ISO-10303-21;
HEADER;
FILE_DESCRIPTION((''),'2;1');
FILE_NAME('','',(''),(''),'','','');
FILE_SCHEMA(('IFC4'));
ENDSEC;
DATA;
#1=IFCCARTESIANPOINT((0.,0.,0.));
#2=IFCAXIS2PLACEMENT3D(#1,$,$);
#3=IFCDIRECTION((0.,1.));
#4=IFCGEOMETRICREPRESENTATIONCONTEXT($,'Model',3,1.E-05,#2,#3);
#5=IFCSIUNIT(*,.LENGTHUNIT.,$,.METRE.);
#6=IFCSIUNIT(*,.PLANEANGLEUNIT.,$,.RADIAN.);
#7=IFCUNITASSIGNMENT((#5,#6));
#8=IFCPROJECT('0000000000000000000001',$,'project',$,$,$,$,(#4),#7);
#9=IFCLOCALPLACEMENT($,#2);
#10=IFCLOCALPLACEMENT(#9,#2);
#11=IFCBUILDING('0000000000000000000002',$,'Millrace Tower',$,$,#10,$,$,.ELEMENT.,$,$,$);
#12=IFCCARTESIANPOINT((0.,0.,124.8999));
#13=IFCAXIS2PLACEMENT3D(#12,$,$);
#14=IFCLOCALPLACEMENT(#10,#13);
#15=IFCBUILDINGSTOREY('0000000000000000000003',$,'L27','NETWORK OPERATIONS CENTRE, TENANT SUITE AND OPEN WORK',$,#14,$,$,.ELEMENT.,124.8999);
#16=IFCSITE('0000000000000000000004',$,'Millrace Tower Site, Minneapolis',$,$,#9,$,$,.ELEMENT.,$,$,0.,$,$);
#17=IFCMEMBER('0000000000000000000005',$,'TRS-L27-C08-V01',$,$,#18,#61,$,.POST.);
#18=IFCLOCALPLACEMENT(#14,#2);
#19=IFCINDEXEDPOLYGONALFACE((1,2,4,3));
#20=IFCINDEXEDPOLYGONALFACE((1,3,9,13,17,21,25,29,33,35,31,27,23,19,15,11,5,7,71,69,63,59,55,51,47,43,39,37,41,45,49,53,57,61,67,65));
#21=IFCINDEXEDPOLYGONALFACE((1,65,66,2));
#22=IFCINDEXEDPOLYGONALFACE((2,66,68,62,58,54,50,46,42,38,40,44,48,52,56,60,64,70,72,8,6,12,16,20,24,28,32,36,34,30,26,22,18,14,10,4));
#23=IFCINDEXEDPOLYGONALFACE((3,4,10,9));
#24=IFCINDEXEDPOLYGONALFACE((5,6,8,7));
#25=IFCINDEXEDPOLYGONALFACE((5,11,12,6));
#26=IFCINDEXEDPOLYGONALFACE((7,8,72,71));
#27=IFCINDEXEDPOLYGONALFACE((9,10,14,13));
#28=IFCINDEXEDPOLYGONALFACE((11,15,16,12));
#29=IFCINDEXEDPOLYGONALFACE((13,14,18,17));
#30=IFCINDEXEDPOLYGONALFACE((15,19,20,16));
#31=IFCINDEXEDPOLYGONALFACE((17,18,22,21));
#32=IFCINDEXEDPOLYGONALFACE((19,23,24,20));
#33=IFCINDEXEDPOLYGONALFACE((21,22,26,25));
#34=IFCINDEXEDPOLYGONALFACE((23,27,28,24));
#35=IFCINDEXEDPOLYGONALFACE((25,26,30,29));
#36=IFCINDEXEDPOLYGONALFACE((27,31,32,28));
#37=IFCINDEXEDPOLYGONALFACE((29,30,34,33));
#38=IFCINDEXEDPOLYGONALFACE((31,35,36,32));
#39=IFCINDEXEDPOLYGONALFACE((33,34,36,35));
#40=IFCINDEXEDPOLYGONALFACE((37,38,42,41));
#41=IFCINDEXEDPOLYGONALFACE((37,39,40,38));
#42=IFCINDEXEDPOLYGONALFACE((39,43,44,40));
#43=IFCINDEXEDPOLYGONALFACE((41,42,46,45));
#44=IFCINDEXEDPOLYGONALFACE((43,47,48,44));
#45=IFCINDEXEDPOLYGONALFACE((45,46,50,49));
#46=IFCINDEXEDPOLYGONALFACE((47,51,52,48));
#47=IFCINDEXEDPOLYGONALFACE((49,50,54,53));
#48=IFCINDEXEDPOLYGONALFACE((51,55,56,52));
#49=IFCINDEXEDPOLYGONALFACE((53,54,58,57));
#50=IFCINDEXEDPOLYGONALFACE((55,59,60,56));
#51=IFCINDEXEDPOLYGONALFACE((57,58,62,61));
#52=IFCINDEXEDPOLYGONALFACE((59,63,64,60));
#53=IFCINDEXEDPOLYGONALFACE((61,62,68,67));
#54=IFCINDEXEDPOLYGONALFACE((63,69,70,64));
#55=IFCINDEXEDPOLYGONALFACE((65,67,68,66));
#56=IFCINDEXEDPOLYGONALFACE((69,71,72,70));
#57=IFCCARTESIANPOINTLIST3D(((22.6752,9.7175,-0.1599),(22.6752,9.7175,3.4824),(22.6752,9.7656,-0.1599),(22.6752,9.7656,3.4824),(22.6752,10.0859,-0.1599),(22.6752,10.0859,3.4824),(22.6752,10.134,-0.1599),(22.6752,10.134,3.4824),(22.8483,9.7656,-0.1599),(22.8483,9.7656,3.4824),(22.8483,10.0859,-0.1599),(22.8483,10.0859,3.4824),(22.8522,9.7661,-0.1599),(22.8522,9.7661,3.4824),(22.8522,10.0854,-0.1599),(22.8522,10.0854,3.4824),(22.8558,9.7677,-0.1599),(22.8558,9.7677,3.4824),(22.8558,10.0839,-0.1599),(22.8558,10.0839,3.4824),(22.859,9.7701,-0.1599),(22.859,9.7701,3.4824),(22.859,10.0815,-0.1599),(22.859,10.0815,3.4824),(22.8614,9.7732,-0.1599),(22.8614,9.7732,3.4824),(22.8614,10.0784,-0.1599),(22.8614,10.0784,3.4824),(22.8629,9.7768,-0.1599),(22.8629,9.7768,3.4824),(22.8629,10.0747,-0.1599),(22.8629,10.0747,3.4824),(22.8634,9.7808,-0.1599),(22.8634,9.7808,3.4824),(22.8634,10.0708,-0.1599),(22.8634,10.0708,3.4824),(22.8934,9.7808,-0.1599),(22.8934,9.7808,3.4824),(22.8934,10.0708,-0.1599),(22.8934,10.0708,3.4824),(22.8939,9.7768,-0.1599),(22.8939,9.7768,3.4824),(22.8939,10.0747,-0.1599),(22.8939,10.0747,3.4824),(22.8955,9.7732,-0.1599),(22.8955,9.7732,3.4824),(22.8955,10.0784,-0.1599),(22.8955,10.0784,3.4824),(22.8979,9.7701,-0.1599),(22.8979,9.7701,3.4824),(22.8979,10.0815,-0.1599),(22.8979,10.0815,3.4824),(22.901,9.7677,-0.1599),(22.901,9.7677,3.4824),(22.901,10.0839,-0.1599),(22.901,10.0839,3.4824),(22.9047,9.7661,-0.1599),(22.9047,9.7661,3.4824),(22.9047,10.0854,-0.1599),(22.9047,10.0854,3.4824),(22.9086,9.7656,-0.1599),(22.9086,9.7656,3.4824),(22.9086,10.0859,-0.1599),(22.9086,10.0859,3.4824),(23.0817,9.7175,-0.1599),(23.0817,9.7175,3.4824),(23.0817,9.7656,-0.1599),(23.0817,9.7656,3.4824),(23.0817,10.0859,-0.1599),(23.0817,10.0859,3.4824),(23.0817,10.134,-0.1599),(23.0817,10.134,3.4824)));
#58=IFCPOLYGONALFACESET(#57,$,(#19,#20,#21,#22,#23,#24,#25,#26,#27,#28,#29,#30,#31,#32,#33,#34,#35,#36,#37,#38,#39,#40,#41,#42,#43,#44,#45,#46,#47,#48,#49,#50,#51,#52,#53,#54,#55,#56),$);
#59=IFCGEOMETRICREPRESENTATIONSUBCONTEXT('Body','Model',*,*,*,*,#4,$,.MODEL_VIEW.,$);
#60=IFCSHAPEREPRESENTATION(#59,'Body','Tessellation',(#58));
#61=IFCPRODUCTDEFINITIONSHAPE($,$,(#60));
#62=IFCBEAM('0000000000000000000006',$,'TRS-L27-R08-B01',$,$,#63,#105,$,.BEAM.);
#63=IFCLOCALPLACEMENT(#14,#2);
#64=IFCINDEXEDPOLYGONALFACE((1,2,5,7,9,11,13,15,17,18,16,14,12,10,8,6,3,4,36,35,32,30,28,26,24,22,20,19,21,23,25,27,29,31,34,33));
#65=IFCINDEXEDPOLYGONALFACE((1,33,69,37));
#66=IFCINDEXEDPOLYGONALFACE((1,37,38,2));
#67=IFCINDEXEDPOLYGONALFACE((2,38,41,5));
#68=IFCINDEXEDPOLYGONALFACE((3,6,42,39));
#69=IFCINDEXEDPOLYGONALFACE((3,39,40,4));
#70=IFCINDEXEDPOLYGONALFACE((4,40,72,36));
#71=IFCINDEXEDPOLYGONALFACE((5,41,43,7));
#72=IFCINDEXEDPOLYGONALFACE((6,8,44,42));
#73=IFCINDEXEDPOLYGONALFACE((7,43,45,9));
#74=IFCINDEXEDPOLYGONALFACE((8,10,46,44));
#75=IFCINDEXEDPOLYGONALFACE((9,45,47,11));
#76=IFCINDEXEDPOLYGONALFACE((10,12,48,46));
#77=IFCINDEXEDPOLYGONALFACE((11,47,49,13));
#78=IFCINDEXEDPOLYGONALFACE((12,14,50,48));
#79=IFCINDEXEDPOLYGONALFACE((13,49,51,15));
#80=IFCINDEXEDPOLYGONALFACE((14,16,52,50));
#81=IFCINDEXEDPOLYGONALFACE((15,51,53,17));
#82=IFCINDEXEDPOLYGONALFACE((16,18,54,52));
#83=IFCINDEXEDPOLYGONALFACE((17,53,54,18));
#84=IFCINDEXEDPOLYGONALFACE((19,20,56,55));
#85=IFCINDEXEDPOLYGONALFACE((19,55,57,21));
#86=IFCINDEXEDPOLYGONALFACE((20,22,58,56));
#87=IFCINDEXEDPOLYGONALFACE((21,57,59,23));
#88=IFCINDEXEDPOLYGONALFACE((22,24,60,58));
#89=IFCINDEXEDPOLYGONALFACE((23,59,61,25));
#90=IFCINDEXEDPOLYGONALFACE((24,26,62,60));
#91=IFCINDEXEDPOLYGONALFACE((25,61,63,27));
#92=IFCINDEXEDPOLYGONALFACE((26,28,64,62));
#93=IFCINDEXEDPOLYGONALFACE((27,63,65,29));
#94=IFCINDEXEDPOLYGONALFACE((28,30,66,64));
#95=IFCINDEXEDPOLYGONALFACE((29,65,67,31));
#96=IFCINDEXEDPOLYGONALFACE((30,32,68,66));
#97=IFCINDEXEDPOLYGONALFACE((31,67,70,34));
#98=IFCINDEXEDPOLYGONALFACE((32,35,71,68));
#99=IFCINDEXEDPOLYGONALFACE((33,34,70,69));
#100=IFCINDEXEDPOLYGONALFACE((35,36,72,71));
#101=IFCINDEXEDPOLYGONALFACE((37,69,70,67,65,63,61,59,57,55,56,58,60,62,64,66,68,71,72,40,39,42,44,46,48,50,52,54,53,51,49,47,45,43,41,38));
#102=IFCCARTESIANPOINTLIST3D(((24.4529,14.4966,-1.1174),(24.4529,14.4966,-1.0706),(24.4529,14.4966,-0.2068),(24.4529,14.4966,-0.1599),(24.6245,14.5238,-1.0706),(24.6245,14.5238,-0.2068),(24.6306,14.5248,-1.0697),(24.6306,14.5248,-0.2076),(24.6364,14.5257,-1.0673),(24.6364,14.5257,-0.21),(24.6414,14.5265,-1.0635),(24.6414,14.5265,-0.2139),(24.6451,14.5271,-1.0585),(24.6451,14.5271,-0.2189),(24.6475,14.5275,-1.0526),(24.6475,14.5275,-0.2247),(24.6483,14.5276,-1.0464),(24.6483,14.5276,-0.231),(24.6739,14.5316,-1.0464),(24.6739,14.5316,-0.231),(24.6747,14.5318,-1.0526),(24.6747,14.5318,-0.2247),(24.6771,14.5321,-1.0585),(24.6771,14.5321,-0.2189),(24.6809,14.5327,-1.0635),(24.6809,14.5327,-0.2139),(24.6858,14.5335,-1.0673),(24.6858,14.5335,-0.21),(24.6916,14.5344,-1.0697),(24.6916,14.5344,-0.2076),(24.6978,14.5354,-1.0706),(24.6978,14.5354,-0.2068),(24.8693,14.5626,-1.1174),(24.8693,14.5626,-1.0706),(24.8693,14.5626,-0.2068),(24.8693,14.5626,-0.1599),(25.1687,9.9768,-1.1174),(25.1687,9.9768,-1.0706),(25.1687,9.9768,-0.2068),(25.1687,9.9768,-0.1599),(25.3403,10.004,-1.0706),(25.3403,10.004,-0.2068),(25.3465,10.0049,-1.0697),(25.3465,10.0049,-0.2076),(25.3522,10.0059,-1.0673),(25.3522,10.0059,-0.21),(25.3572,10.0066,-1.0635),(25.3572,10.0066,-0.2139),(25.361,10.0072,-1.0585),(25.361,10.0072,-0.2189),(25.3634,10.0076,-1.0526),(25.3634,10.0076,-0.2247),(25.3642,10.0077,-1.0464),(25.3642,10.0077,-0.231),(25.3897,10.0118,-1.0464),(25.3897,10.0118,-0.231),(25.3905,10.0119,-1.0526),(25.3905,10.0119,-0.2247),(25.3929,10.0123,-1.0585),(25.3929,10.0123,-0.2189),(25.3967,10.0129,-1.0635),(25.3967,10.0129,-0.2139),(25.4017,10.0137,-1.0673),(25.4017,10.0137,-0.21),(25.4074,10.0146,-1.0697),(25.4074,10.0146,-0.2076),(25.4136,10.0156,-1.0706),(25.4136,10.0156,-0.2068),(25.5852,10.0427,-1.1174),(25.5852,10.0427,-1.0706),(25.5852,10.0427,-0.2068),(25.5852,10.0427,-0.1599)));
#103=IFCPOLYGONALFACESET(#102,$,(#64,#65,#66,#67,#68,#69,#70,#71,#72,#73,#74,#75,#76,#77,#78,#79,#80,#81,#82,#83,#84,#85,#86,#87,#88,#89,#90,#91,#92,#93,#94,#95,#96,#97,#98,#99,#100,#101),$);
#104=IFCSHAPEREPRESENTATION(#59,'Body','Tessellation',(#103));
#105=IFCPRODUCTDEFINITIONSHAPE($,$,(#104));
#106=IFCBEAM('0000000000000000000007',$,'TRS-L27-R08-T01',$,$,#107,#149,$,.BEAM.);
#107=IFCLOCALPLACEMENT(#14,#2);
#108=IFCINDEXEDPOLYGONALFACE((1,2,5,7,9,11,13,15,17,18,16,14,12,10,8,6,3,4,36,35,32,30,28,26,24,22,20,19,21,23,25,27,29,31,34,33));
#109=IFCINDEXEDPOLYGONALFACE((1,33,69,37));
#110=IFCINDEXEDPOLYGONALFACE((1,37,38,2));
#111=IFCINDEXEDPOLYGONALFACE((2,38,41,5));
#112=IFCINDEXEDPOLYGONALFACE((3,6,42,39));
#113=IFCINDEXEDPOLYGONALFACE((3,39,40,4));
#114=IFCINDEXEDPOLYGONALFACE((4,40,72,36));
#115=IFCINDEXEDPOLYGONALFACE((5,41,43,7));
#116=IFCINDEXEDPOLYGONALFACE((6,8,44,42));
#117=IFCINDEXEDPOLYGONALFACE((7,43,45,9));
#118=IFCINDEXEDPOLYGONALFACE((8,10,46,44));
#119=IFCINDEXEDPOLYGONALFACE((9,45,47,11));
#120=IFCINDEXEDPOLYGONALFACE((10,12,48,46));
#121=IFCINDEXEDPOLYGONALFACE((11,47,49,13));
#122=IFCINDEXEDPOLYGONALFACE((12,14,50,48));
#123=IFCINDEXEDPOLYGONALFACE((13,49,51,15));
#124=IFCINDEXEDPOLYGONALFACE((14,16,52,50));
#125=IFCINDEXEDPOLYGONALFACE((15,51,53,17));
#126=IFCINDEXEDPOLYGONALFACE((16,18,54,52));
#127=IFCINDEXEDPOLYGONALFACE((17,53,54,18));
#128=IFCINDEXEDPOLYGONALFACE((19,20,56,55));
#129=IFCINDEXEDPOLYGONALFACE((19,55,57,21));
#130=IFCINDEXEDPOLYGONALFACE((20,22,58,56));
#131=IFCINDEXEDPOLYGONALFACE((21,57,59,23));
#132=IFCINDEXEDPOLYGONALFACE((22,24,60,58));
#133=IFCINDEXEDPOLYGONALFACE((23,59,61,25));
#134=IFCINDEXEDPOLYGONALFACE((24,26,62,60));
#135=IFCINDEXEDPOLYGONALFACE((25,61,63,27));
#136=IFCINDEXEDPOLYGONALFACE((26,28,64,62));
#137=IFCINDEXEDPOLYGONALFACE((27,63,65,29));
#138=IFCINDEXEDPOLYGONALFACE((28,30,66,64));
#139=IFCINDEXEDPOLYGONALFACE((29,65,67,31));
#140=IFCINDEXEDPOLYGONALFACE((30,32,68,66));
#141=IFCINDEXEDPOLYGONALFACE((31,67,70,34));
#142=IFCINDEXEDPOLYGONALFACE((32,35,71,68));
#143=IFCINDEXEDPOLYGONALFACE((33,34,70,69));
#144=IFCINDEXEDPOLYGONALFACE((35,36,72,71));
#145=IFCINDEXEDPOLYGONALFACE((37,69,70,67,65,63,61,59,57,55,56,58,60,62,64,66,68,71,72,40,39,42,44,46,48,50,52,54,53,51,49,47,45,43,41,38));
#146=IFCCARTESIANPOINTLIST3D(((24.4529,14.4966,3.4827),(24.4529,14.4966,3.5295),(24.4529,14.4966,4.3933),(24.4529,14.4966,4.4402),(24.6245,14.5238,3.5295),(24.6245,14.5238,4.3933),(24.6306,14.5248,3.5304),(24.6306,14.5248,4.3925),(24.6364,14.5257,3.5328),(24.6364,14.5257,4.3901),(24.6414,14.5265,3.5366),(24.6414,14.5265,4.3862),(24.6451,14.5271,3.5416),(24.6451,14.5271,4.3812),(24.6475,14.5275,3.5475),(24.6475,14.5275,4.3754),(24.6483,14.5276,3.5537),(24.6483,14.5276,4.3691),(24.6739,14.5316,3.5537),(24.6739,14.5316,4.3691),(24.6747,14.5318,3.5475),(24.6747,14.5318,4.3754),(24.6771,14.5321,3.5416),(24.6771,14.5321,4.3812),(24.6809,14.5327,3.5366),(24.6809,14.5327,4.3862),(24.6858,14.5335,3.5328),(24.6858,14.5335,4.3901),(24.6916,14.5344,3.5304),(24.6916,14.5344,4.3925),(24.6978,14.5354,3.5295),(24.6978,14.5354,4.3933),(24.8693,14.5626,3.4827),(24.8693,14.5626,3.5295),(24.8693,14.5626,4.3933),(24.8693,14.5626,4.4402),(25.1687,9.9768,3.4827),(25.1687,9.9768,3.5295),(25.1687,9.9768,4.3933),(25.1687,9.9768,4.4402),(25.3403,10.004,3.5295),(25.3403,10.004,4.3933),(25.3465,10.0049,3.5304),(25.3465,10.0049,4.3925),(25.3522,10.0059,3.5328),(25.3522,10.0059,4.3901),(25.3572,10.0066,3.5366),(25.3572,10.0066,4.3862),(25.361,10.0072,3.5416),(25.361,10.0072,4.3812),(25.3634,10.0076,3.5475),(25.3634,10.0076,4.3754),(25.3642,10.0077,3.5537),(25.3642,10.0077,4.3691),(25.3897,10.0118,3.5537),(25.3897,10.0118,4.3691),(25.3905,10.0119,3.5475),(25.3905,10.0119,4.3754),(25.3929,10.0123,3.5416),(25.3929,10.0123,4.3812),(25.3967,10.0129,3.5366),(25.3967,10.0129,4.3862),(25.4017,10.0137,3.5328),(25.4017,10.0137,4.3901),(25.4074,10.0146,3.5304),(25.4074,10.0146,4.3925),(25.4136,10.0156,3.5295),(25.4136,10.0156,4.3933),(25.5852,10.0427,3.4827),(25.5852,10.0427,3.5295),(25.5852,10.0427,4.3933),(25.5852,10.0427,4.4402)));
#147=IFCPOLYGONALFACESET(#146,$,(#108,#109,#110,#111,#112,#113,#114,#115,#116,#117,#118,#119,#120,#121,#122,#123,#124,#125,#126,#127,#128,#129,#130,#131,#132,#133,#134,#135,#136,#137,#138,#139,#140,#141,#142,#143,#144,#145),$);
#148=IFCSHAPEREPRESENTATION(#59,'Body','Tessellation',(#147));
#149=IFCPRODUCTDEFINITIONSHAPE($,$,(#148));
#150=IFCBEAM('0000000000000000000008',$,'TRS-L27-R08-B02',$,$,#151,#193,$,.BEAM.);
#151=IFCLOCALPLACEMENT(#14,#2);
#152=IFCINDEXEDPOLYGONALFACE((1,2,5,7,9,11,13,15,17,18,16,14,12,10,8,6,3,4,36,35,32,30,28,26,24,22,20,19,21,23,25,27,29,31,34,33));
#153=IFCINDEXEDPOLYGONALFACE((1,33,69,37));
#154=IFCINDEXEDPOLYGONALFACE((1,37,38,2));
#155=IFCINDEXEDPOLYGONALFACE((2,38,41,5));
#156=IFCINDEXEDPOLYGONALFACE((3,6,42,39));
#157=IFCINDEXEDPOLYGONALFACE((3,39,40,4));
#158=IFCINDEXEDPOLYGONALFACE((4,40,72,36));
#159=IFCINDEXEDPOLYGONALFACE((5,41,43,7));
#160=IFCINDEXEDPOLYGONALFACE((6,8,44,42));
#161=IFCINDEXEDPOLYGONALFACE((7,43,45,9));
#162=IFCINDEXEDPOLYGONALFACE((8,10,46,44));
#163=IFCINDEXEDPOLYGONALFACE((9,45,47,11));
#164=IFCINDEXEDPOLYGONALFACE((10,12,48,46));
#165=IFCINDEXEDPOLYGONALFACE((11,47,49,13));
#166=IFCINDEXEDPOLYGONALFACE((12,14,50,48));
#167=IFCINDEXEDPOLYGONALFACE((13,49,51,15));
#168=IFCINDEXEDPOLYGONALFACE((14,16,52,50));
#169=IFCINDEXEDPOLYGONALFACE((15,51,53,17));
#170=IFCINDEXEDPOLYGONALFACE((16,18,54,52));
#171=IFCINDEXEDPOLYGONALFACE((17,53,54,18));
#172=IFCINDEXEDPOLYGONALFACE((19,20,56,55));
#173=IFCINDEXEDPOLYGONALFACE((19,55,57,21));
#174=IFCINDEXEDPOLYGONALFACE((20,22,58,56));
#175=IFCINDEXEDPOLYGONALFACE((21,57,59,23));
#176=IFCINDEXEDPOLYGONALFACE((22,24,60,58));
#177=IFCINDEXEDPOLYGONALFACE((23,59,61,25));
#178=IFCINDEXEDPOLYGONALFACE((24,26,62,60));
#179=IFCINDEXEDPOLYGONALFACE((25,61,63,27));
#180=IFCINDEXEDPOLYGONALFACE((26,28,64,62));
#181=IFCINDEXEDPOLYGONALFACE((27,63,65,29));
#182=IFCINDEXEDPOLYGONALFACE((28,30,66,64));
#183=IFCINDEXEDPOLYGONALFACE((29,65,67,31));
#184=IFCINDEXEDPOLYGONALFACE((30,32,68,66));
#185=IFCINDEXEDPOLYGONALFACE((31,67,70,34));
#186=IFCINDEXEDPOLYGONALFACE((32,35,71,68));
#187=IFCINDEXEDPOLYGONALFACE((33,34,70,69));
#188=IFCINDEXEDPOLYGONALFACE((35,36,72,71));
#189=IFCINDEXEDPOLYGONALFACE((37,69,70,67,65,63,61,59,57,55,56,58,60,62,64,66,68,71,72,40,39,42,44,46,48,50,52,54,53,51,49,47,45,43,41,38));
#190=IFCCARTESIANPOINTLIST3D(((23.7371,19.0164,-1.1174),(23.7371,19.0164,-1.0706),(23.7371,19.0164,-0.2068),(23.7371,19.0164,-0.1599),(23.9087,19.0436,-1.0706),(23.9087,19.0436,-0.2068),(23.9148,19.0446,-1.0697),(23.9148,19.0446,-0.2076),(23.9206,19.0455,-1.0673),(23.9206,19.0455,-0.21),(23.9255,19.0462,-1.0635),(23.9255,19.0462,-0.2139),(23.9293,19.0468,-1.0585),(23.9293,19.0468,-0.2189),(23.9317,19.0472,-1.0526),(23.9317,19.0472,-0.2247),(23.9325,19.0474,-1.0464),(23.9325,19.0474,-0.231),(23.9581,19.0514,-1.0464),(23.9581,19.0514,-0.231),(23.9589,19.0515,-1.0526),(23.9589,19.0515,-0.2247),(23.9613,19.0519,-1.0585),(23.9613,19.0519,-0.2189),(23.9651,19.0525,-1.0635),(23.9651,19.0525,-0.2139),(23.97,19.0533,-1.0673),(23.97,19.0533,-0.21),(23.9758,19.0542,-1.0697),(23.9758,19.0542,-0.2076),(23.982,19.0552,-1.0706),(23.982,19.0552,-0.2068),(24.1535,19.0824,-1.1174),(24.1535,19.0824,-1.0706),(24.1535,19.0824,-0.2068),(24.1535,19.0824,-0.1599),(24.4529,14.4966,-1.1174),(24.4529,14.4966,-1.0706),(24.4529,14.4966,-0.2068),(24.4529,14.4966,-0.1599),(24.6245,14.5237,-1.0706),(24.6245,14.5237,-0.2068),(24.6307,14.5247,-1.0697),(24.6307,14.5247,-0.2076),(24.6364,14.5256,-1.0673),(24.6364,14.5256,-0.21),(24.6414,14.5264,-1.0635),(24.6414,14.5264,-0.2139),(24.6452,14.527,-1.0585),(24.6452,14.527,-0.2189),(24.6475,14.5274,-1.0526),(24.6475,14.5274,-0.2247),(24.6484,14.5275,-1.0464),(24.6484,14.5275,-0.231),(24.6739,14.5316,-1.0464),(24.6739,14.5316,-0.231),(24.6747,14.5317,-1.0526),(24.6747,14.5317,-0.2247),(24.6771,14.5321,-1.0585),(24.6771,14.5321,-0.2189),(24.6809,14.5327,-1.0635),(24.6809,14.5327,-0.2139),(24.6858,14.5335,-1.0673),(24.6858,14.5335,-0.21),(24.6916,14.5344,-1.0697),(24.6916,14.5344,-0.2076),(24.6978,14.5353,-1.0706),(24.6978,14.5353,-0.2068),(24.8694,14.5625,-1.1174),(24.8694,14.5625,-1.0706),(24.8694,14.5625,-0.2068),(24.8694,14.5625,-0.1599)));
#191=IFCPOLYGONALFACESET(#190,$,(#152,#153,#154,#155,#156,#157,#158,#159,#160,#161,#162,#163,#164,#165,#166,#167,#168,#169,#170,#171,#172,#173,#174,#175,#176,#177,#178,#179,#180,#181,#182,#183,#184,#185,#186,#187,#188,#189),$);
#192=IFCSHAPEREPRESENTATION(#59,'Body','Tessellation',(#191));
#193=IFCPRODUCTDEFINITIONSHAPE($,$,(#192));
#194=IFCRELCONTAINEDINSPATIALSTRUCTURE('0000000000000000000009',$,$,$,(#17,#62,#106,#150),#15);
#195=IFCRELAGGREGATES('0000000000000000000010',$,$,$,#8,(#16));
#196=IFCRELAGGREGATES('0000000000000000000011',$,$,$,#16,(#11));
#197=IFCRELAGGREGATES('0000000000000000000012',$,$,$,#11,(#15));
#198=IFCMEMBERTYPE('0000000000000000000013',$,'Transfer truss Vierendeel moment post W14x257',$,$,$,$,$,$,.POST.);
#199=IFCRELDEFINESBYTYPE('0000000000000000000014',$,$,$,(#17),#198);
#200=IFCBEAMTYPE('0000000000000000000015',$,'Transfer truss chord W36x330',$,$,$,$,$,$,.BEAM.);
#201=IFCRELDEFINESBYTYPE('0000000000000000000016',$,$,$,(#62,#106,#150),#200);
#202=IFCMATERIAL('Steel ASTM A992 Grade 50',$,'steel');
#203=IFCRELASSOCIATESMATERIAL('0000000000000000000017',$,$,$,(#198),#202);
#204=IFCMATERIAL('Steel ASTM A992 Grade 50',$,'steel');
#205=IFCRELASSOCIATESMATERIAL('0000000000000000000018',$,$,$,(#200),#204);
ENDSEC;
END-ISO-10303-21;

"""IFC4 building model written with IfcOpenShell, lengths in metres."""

from ifc_helpers import new_model, si_unit, direction, frame, origin, origin_2d, place, context, subcontext, project, spatial, i_section, extrude, material, material_profile, profile_set, type_object, element, save


model = new_model("IFC4")

# Units and contexts
model_context = context("Model", 3, precision=1e-05, world=origin(), true_north=direction((0.0, 1.0)))
body_context = subcontext(model_context, "Body", "Model", "MODEL_VIEW")
ifc_project = project(units=[si_unit("LENGTHUNIT", "METRE"), si_unit("PLANEANGLEUNIT", "RADIAN")], contexts=[model_context])

# Site, building, storey
site_placement = place(None, origin())
site = spatial("IfcSite", under=ifc_project, at=site_placement, Name="Millrace Tower Site, Minneapolis", CompositionType="ELEMENT", RefElevation=0.0)
building_placement = place(site_placement, origin())
building = spatial("IfcBuilding", under=site, at=building_placement, Name="Millrace Tower", CompositionType="ELEMENT")
storey_placement = place(building_placement, frame((0.0, 0.0, 124.8999)))
storey = spatial("IfcBuildingStorey", under=building, at=storey_placement, Name="L27", Description="NETWORK OPERATIONS CENTRE, TENANT SUITE AND OPEN WORK", CompositionType="ELEMENT", Elevation=124.8999)

# Member
ifc_material_1 = material(Name="Steel ASTM A992 Grade 50", Category="steel")
ifc_material_profile_1 = material_profile(ifc_material_1, i_section(OverallWidth=0.4065, OverallDepth=0.4165, WebThickness=0.03, FlangeThickness=0.0481, FilletRadius=0.0151, at=origin_2d()))
ifc_profile_set_1 = profile_set([ifc_material_profile_1], Name="Steel ASTM A992 Grade 50")
member_type_1 = type_object("IfcMemberType", Name="Transfer truss Vierendeel moment post W14x257", PredefinedType="POST", material=ifc_profile_set_1)
for number, where, z_axis, x_axis, name in (
    (1, (22.8784, 9.9258, -0.1599), (0.0, 0.0, 1.0), (1.0, 0.0, 0.0), "TRS-L27-C08-V01"),
):
    element("IfcMember", number, at=place(storey_placement, frame(where, z_axis=z_axis, x_axis=x_axis)), inside=storey, type_object=member_type_1, Name=name, PredefinedType="POST", context=body_context, shape_type="SweptSolid", body=[
        extrude(i_section(OverallWidth=0.4065, OverallDepth=0.4165, WebThickness=0.03, FlangeThickness=0.0481, FilletRadius=0.0151, at=origin_2d()), origin(), (0.0, 0.0, 1.0), 3.6423),
    ])

# Beams
ifc_material_2 = material(Name="Steel ASTM A992 Grade 50", Category="steel")
ifc_material_profile_2 = material_profile(ifc_material_2, i_section(OverallWidth=0.4216, OverallDepth=0.9575, WebThickness=0.0259, FlangeThickness=0.0469, FilletRadius=0.0242, at=origin_2d()))
ifc_profile_set_2 = profile_set([ifc_material_profile_2], Name="Steel ASTM A992 Grade 50")
beam_type_1 = type_object("IfcBeamType", Name="Transfer truss chord W36x330", PredefinedType="BEAM", material=ifc_profile_set_2)
for number, where, z_axis, x_axis, name in (
    (2, (25.377, 10.0098, -0.6387), (-0.156426, 0.98769, 0.0), (-0.98769, -0.156426, 0.0), "TRS-L27-R08-B01"),
    (3, (25.377, 10.0098, 3.9614), (-0.156426, 0.98769, 0.0), (-0.98769, -0.156426, 0.0), "TRS-L27-R08-T01"),
    (4, (24.6611, 14.5295, -0.6387), (-0.156426, 0.98769, 0.0), (-0.98769, -0.156426, 0.0), "TRS-L27-R08-B02"),
):
    element("IfcBeam", number, at=place(storey_placement, frame(where, z_axis=z_axis, x_axis=x_axis)), inside=storey, type_object=beam_type_1, Name=name, PredefinedType="BEAM", context=body_context, shape_type="SweptSolid", body=[
        extrude(i_section(OverallWidth=0.4216, OverallDepth=0.9575, WebThickness=0.0259, FlangeThickness=0.0469, FilletRadius=0.0242, at=origin_2d()), origin(), (0.0, 0.0, 1.0), 4.5762),
    ])

save(model, "model.ifc")
